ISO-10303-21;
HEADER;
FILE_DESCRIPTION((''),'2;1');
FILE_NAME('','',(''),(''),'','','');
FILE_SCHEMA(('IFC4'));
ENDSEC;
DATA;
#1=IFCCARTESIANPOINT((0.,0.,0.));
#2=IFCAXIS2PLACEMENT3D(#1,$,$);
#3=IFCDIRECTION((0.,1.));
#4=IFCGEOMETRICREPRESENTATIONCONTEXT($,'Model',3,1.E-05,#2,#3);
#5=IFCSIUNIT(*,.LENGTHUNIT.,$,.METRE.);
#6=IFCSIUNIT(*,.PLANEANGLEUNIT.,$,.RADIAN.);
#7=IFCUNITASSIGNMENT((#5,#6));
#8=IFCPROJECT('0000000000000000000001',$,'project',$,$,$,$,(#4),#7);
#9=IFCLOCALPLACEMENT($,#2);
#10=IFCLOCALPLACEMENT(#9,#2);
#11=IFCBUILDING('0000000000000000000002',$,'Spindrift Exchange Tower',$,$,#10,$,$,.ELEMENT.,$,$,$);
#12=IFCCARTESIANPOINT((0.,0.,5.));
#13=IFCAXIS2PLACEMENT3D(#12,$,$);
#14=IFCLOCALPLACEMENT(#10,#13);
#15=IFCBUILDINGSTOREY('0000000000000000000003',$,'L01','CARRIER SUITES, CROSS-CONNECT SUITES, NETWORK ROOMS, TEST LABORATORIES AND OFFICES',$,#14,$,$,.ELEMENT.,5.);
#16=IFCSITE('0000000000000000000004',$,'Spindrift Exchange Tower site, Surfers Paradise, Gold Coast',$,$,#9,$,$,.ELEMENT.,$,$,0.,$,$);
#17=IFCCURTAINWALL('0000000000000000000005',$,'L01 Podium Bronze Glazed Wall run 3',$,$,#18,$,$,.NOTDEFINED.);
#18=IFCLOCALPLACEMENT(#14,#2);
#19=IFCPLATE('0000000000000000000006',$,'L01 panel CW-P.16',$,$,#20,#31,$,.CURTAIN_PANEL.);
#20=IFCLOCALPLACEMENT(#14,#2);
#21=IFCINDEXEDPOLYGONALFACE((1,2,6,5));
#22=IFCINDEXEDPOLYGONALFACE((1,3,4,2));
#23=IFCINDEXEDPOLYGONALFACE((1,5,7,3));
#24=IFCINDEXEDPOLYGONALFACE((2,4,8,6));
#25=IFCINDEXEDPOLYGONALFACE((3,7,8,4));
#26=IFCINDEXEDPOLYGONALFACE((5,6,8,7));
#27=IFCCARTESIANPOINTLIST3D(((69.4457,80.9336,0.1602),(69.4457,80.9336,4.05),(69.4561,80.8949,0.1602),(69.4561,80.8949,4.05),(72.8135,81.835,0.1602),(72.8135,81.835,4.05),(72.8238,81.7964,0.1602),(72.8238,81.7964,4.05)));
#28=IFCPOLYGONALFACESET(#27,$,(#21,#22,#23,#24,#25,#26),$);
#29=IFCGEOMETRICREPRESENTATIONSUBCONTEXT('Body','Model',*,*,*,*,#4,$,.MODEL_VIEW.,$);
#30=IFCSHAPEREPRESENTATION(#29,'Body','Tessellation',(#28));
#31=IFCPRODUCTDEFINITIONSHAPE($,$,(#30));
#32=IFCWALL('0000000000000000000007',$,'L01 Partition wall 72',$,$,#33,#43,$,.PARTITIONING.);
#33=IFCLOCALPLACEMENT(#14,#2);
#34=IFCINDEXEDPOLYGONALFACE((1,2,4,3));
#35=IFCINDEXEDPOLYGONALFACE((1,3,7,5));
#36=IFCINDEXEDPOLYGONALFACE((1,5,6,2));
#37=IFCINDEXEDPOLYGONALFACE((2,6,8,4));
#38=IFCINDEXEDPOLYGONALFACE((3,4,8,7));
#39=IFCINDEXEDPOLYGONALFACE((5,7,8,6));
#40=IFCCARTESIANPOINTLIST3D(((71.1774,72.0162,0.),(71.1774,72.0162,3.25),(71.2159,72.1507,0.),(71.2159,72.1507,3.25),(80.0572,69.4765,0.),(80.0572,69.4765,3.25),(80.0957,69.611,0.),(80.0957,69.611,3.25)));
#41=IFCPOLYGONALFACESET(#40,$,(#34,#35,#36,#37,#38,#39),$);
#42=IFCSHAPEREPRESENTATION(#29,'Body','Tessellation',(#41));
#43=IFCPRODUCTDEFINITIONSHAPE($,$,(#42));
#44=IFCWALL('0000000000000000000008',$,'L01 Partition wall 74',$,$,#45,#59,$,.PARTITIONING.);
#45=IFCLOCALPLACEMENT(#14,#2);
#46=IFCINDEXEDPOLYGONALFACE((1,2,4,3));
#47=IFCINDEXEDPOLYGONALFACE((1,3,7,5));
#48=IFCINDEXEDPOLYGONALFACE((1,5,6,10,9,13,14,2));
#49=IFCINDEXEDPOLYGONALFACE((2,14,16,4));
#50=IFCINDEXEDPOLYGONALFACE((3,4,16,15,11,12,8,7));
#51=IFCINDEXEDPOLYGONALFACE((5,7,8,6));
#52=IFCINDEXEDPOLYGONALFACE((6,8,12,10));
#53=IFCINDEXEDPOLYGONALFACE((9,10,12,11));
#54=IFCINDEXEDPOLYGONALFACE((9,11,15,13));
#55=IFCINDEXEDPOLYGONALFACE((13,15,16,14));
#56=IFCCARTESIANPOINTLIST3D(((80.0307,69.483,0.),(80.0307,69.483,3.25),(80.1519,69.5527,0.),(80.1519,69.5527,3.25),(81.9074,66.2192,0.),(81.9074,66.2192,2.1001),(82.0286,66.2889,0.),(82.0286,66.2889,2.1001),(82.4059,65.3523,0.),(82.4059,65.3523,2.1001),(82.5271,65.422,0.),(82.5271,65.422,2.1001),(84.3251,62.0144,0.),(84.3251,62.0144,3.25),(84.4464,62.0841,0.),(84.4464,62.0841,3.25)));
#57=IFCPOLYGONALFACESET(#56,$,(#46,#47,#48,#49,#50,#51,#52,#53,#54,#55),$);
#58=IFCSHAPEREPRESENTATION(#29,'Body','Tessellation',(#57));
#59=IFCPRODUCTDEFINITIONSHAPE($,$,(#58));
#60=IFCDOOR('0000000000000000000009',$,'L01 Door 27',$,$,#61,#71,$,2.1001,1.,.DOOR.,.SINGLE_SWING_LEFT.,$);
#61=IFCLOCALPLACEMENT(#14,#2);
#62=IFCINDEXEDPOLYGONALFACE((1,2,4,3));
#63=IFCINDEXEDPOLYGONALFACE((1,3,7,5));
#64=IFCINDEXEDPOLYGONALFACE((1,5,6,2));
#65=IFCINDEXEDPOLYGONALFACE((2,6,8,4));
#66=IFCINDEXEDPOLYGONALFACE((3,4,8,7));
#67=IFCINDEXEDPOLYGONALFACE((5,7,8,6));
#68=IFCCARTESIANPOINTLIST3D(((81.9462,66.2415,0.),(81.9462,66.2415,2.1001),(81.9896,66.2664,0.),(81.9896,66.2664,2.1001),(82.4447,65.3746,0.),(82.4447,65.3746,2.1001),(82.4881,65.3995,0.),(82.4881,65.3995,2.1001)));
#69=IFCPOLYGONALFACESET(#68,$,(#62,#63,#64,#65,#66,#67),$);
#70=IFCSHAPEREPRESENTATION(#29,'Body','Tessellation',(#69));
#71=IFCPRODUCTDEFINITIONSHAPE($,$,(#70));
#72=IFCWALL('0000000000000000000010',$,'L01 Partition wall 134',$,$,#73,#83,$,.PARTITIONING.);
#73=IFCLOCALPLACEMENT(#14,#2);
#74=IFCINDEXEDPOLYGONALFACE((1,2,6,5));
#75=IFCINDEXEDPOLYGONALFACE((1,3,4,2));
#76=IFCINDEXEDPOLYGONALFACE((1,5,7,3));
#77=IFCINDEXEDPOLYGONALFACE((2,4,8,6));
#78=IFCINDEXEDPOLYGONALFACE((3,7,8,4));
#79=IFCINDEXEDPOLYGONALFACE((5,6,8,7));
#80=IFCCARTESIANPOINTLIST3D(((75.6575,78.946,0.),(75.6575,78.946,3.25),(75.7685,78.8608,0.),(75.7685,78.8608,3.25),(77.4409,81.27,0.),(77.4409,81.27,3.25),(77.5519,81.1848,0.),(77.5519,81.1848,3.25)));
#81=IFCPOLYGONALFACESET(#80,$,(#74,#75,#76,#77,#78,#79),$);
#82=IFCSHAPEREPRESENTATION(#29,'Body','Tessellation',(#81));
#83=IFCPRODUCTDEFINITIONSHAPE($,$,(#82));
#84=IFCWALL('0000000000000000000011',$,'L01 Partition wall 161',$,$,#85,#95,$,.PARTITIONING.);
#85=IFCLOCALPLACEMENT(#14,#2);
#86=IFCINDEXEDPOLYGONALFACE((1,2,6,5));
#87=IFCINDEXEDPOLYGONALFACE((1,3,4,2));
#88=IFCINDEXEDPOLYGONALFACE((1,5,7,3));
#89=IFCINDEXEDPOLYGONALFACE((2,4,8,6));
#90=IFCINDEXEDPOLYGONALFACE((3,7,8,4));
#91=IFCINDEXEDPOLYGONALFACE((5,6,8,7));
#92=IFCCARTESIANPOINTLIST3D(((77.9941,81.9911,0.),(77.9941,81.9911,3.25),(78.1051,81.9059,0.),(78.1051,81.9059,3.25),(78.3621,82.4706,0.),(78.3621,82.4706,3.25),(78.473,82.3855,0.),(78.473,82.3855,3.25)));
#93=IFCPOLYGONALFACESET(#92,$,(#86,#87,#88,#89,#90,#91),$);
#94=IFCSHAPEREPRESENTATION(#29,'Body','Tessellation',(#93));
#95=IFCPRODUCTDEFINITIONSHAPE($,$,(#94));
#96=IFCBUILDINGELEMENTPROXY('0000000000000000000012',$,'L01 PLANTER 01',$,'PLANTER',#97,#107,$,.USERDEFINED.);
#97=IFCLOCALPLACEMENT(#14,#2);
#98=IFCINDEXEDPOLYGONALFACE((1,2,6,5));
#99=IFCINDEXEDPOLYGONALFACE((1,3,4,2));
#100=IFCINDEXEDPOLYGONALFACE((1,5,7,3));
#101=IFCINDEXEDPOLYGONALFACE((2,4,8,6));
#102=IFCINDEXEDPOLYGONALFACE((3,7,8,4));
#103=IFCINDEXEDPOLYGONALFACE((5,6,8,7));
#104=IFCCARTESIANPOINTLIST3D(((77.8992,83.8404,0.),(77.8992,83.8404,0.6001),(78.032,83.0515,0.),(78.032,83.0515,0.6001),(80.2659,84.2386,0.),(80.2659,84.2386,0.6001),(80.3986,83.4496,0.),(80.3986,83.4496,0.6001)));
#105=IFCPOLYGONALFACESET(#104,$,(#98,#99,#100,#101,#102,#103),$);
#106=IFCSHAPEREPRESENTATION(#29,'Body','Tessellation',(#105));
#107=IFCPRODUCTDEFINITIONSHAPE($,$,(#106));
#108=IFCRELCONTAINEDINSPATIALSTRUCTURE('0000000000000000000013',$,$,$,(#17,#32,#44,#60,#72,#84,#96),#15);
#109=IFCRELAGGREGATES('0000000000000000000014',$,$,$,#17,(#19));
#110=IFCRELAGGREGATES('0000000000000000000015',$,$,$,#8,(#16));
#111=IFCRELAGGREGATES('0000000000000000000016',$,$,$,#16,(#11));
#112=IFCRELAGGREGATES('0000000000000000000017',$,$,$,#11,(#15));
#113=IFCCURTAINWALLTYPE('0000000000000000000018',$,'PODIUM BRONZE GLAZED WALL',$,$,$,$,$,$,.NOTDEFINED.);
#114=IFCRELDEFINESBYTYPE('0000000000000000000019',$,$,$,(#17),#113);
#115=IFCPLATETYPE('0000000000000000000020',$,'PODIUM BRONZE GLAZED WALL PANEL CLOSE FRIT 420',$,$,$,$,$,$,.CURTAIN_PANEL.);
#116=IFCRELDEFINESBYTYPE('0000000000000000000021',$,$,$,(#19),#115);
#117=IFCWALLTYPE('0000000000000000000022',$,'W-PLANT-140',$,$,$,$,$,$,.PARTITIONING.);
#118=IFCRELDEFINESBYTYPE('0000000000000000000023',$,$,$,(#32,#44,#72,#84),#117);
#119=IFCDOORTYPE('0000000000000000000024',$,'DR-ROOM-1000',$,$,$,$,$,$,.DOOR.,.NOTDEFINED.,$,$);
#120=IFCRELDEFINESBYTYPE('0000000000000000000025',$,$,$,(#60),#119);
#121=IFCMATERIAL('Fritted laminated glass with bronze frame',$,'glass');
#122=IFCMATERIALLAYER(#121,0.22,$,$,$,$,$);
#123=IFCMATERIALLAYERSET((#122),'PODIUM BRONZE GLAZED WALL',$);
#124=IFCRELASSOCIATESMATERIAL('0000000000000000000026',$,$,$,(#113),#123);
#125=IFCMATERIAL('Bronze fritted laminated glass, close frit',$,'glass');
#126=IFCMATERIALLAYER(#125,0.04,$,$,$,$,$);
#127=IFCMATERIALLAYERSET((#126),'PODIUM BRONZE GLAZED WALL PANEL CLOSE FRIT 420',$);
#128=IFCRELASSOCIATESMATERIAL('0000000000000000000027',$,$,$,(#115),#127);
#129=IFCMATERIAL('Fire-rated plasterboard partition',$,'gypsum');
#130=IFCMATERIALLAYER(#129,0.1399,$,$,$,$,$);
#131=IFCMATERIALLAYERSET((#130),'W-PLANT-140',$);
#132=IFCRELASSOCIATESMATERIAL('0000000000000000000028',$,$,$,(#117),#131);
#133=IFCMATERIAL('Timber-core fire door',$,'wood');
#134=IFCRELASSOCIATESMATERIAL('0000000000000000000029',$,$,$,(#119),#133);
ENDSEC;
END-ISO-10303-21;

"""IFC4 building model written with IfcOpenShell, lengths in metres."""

from ifc_helpers import new_model, si_unit, direction, frame, frame_2d, origin, origin_2d, place, context, subcontext, project, spatial, rectangle, extrude, source, transform, mapped, material, layer, layer_set, type_object, element, fill, aggregate, save


model = new_model("IFC4")

# Units and contexts
model_context = context("Model", 3, precision=1e-05, world=origin(), true_north=direction((0.0, 1.0)))
body_context = subcontext(model_context, "Body", "Model", "MODEL_VIEW")
ifc_project = project(units=[si_unit("LENGTHUNIT", "METRE"), si_unit("PLANEANGLEUNIT", "RADIAN")], contexts=[model_context])

# Site, building, storey
site_placement = place(None, origin())
site = spatial("IfcSite", under=ifc_project, at=site_placement, Name="Spindrift Exchange Tower site, Surfers Paradise, Gold Coast", CompositionType="ELEMENT", RefElevation=0.0)
building_placement = place(site_placement, origin())
building = spatial("IfcBuilding", under=site, at=building_placement, Name="Spindrift Exchange Tower", CompositionType="ELEMENT")
storey_placement = place(building_placement, frame((0.0, 0.0, 5.0)))
storey = spatial("IfcBuildingStorey", under=building, at=storey_placement, Name="L01", Description="CARRIER SUITES, CROSS-CONNECT SUITES, NETWORK ROOMS, TEST LABORATORIES AND OFFICES", CompositionType="ELEMENT", Elevation=5.0)

# Curtain wall, plate
ifc_material_1 = material(Name="Fritted laminated glass with bronze frame", Category="glass")
ifc_layer_1 = layer(ifc_material_1, 0.22)
ifc_layer_set_1 = layer_set([ifc_layer_1], Name="PODIUM BRONZE GLAZED WALL")
curtain_wall_type = type_object("IfcCurtainWallType", Name="PODIUM BRONZE GLAZED WALL", PredefinedType="NOTDEFINED", material=ifc_layer_set_1)
curtain_wall_placement = place(storey_placement, origin())
curtain_wall = element("IfcCurtainWall", 1, at=curtain_wall_placement, inside=storey, type_object=curtain_wall_type, Name="L01 Podium Bronze Glazed Wall run 3", PredefinedType="NOTDEFINED")
ifc_material_2 = material(Name="Bronze fritted laminated glass, close frit", Category="glass")
ifc_layer_2 = layer(ifc_material_2, 0.04)
ifc_layer_set_2 = layer_set([ifc_layer_2], Name="PODIUM BRONZE GLAZED WALL PANEL CLOSE FRIT 420")
plate_type_1 = type_object("IfcPlateType", Name="PODIUM BRONZE GLAZED WALL PANEL CLOSE FRIT 420", PredefinedType="CURTAIN_PANEL", material=ifc_layer_set_2)
shared_shape_1 = source(origin(), body_context, "Body", "SweptSolid", [
    extrude(rectangle(XDim=3.4863, YDim=0.04, at=origin_2d()), origin(), (0.0, 0.0, 1.0), 3.8899),
])
plate_1_placement = place(storey_placement, frame((71.1348, 81.365, 0.1602), z_axis=(0.0, 0.0, 1.0), x_axis=(-0.965994, -0.258563, 0.0)))
plate_1 = element("IfcPlate", 2, at=plate_1_placement, type_object=plate_type_1, Name="L01 panel CW-P.16", PredefinedType="CURTAIN_PANEL", context=body_context, shape_type="MappedRepresentation", body=[
    mapped(shared_shape_1, transform((0.0, 0.0, 0.0), scale=1.0)),
])
aggregate(curtain_wall, [plate_1])

# Wall
ifc_material_3 = material(Name="Fire-rated plasterboard partition", Category="gypsum")
ifc_layer_3 = layer(ifc_material_3, 0.1399)
ifc_layer_set_3 = layer_set([ifc_layer_3], Name="W-PLANT-140")
wall_type = type_object("IfcWallType", Name="W-PLANT-140", PredefinedType="PARTITIONING", material=ifc_layer_set_3)
wall_1_placement = place(storey_placement, frame((80.0764, 69.5437, 0.0), z_axis=(0.0, 0.0, 1.0), x_axis=(-0.961447, 0.27499, 0.0)))
element("IfcWall", 3, at=wall_1_placement, inside=storey, type_object=wall_type, Name="L01 Partition wall 72", PredefinedType="PARTITIONING", context=body_context, shape_type="SweptSolid", body=[
    extrude(rectangle(XDim=9.2358, YDim=0.1399, at=frame_2d((4.6179, 0.0))), origin(), (0.0, 0.0, 1.0), 3.25),
])

# Wall, opening, door
wall_2_placement = place(storey_placement, frame((80.0913, 69.5178, 0.0), z_axis=(0.0, 0.0, 1.0), x_axis=(0.498475, -0.866904, 0.0)))
wall_2 = element("IfcWall", 4, at=wall_2_placement, inside=storey, type_object=wall_type, Name="L01 Partition wall 74", PredefinedType="PARTITIONING", context=body_context, shape_type="SweptSolid", body=[
    extrude(rectangle(XDim=8.6152, YDim=0.1399, at=frame_2d((4.3076, 0.0))), origin(), (0.0, 0.0, 1.0), 3.25),
])
opening_placement = place(wall_2_placement, frame((3.7649, 0.0, 0.0)))
opening = element("IfcOpeningElement", 5, at=opening_placement, cuts=wall_2, PredefinedType="OPENING", context=body_context, shape_type="SweptSolid", body=[
    extrude(rectangle(XDim=1.0, YDim=2.1001, at=frame_2d((0.5, 1.05))), frame((0.0, 0.0798, 0.0), z_axis=(0.0, -1.0, 0.0), x_axis=(1.0, 0.0, 0.0)), (0.0, 0.0, 1.0), 0.1599),
])
ifc_material_4 = material(Name="Timber-core fire door", Category="wood")
door_type = type_object("IfcDoorType", Name="DR-ROOM-1000", OperationType="NOTDEFINED", PredefinedType="DOOR", material=ifc_material_4)
shared_shape_2 = source(origin(), body_context, "Body", "SweptSolid", [
    extrude(rectangle(XDim=1.0, YDim=2.1001, at=frame_2d((0.5, 1.05))), frame((0.0, 0.0249, 0.0), z_axis=(0.0, -1.0, 0.0), x_axis=(1.0, 0.0, 0.0)), (0.0, 0.0, 1.0), 0.05),
])
door_placement = place(opening_placement, origin())
door = element("IfcDoor", 6, at=door_placement, inside=storey, type_object=door_type, Name="L01 Door 27", OperationType="SINGLE_SWING_LEFT", OverallHeight=2.1001, OverallWidth=1.0, PredefinedType="DOOR", context=body_context, shape_type="MappedRepresentation", body=[
    mapped(shared_shape_2, transform((0.0, 0.0, 0.0), scale=1.0)),
])
fill(opening, door)

# Walls
wall_3_placement = place(storey_placement, frame((75.7129, 78.9033, 0.0), z_axis=(0.0, 0.0, 1.0), x_axis=(0.608804, 0.793321, 0.0)))
element("IfcWall", 7, at=wall_3_placement, inside=storey, type_object=wall_type, Name="L01 Partition wall 134", PredefinedType="PARTITIONING", context=body_context, shape_type="SweptSolid", body=[
    extrude(rectangle(XDim=2.9294, YDim=0.1399, at=frame_2d((1.4648, 0.0))), origin(), (0.0, 0.0, 1.0), 3.25),
])
wall_4_placement = place(storey_placement, frame((78.0496, 81.9485, 0.0), z_axis=(0.0, 0.0, 1.0), x_axis=(0.608754, 0.793359, 0.0)))
element("IfcWall", 8, at=wall_4_placement, inside=storey, type_object=wall_type, Name="L01 Partition wall 161", PredefinedType="PARTITIONING", context=body_context, shape_type="SweptSolid", body=[
    extrude(rectangle(XDim=0.6045, YDim=0.1399, at=frame_2d((0.3022, 0.0))), origin(), (0.0, 0.0, 1.0), 3.25),
])

# Building element proxy
shared_shape_3 = source(origin(), body_context, "Body", "SweptSolid", [
    extrude(rectangle(XDim=2.3999, YDim=0.8, at=origin_2d()), origin(), (0.0, 0.0, 1.0), 0.6001),
])
proxy_placement = place(storey_placement, frame((79.1489, 83.645, 0.0), z_axis=(0.0, 0.0, 1.0), x_axis=(0.986145, 0.165888, 0.0)))
element("IfcBuildingElementProxy", 9, at=proxy_placement, inside=storey, Name="L01 PLANTER 01", ObjectType="PLANTER", PredefinedType="USERDEFINED", context=body_context, shape_type="MappedRepresentation", body=[
    mapped(shared_shape_3, transform((0.0, 0.0, 0.0), scale=1.0)),
])

save(model, "model.ifc")
